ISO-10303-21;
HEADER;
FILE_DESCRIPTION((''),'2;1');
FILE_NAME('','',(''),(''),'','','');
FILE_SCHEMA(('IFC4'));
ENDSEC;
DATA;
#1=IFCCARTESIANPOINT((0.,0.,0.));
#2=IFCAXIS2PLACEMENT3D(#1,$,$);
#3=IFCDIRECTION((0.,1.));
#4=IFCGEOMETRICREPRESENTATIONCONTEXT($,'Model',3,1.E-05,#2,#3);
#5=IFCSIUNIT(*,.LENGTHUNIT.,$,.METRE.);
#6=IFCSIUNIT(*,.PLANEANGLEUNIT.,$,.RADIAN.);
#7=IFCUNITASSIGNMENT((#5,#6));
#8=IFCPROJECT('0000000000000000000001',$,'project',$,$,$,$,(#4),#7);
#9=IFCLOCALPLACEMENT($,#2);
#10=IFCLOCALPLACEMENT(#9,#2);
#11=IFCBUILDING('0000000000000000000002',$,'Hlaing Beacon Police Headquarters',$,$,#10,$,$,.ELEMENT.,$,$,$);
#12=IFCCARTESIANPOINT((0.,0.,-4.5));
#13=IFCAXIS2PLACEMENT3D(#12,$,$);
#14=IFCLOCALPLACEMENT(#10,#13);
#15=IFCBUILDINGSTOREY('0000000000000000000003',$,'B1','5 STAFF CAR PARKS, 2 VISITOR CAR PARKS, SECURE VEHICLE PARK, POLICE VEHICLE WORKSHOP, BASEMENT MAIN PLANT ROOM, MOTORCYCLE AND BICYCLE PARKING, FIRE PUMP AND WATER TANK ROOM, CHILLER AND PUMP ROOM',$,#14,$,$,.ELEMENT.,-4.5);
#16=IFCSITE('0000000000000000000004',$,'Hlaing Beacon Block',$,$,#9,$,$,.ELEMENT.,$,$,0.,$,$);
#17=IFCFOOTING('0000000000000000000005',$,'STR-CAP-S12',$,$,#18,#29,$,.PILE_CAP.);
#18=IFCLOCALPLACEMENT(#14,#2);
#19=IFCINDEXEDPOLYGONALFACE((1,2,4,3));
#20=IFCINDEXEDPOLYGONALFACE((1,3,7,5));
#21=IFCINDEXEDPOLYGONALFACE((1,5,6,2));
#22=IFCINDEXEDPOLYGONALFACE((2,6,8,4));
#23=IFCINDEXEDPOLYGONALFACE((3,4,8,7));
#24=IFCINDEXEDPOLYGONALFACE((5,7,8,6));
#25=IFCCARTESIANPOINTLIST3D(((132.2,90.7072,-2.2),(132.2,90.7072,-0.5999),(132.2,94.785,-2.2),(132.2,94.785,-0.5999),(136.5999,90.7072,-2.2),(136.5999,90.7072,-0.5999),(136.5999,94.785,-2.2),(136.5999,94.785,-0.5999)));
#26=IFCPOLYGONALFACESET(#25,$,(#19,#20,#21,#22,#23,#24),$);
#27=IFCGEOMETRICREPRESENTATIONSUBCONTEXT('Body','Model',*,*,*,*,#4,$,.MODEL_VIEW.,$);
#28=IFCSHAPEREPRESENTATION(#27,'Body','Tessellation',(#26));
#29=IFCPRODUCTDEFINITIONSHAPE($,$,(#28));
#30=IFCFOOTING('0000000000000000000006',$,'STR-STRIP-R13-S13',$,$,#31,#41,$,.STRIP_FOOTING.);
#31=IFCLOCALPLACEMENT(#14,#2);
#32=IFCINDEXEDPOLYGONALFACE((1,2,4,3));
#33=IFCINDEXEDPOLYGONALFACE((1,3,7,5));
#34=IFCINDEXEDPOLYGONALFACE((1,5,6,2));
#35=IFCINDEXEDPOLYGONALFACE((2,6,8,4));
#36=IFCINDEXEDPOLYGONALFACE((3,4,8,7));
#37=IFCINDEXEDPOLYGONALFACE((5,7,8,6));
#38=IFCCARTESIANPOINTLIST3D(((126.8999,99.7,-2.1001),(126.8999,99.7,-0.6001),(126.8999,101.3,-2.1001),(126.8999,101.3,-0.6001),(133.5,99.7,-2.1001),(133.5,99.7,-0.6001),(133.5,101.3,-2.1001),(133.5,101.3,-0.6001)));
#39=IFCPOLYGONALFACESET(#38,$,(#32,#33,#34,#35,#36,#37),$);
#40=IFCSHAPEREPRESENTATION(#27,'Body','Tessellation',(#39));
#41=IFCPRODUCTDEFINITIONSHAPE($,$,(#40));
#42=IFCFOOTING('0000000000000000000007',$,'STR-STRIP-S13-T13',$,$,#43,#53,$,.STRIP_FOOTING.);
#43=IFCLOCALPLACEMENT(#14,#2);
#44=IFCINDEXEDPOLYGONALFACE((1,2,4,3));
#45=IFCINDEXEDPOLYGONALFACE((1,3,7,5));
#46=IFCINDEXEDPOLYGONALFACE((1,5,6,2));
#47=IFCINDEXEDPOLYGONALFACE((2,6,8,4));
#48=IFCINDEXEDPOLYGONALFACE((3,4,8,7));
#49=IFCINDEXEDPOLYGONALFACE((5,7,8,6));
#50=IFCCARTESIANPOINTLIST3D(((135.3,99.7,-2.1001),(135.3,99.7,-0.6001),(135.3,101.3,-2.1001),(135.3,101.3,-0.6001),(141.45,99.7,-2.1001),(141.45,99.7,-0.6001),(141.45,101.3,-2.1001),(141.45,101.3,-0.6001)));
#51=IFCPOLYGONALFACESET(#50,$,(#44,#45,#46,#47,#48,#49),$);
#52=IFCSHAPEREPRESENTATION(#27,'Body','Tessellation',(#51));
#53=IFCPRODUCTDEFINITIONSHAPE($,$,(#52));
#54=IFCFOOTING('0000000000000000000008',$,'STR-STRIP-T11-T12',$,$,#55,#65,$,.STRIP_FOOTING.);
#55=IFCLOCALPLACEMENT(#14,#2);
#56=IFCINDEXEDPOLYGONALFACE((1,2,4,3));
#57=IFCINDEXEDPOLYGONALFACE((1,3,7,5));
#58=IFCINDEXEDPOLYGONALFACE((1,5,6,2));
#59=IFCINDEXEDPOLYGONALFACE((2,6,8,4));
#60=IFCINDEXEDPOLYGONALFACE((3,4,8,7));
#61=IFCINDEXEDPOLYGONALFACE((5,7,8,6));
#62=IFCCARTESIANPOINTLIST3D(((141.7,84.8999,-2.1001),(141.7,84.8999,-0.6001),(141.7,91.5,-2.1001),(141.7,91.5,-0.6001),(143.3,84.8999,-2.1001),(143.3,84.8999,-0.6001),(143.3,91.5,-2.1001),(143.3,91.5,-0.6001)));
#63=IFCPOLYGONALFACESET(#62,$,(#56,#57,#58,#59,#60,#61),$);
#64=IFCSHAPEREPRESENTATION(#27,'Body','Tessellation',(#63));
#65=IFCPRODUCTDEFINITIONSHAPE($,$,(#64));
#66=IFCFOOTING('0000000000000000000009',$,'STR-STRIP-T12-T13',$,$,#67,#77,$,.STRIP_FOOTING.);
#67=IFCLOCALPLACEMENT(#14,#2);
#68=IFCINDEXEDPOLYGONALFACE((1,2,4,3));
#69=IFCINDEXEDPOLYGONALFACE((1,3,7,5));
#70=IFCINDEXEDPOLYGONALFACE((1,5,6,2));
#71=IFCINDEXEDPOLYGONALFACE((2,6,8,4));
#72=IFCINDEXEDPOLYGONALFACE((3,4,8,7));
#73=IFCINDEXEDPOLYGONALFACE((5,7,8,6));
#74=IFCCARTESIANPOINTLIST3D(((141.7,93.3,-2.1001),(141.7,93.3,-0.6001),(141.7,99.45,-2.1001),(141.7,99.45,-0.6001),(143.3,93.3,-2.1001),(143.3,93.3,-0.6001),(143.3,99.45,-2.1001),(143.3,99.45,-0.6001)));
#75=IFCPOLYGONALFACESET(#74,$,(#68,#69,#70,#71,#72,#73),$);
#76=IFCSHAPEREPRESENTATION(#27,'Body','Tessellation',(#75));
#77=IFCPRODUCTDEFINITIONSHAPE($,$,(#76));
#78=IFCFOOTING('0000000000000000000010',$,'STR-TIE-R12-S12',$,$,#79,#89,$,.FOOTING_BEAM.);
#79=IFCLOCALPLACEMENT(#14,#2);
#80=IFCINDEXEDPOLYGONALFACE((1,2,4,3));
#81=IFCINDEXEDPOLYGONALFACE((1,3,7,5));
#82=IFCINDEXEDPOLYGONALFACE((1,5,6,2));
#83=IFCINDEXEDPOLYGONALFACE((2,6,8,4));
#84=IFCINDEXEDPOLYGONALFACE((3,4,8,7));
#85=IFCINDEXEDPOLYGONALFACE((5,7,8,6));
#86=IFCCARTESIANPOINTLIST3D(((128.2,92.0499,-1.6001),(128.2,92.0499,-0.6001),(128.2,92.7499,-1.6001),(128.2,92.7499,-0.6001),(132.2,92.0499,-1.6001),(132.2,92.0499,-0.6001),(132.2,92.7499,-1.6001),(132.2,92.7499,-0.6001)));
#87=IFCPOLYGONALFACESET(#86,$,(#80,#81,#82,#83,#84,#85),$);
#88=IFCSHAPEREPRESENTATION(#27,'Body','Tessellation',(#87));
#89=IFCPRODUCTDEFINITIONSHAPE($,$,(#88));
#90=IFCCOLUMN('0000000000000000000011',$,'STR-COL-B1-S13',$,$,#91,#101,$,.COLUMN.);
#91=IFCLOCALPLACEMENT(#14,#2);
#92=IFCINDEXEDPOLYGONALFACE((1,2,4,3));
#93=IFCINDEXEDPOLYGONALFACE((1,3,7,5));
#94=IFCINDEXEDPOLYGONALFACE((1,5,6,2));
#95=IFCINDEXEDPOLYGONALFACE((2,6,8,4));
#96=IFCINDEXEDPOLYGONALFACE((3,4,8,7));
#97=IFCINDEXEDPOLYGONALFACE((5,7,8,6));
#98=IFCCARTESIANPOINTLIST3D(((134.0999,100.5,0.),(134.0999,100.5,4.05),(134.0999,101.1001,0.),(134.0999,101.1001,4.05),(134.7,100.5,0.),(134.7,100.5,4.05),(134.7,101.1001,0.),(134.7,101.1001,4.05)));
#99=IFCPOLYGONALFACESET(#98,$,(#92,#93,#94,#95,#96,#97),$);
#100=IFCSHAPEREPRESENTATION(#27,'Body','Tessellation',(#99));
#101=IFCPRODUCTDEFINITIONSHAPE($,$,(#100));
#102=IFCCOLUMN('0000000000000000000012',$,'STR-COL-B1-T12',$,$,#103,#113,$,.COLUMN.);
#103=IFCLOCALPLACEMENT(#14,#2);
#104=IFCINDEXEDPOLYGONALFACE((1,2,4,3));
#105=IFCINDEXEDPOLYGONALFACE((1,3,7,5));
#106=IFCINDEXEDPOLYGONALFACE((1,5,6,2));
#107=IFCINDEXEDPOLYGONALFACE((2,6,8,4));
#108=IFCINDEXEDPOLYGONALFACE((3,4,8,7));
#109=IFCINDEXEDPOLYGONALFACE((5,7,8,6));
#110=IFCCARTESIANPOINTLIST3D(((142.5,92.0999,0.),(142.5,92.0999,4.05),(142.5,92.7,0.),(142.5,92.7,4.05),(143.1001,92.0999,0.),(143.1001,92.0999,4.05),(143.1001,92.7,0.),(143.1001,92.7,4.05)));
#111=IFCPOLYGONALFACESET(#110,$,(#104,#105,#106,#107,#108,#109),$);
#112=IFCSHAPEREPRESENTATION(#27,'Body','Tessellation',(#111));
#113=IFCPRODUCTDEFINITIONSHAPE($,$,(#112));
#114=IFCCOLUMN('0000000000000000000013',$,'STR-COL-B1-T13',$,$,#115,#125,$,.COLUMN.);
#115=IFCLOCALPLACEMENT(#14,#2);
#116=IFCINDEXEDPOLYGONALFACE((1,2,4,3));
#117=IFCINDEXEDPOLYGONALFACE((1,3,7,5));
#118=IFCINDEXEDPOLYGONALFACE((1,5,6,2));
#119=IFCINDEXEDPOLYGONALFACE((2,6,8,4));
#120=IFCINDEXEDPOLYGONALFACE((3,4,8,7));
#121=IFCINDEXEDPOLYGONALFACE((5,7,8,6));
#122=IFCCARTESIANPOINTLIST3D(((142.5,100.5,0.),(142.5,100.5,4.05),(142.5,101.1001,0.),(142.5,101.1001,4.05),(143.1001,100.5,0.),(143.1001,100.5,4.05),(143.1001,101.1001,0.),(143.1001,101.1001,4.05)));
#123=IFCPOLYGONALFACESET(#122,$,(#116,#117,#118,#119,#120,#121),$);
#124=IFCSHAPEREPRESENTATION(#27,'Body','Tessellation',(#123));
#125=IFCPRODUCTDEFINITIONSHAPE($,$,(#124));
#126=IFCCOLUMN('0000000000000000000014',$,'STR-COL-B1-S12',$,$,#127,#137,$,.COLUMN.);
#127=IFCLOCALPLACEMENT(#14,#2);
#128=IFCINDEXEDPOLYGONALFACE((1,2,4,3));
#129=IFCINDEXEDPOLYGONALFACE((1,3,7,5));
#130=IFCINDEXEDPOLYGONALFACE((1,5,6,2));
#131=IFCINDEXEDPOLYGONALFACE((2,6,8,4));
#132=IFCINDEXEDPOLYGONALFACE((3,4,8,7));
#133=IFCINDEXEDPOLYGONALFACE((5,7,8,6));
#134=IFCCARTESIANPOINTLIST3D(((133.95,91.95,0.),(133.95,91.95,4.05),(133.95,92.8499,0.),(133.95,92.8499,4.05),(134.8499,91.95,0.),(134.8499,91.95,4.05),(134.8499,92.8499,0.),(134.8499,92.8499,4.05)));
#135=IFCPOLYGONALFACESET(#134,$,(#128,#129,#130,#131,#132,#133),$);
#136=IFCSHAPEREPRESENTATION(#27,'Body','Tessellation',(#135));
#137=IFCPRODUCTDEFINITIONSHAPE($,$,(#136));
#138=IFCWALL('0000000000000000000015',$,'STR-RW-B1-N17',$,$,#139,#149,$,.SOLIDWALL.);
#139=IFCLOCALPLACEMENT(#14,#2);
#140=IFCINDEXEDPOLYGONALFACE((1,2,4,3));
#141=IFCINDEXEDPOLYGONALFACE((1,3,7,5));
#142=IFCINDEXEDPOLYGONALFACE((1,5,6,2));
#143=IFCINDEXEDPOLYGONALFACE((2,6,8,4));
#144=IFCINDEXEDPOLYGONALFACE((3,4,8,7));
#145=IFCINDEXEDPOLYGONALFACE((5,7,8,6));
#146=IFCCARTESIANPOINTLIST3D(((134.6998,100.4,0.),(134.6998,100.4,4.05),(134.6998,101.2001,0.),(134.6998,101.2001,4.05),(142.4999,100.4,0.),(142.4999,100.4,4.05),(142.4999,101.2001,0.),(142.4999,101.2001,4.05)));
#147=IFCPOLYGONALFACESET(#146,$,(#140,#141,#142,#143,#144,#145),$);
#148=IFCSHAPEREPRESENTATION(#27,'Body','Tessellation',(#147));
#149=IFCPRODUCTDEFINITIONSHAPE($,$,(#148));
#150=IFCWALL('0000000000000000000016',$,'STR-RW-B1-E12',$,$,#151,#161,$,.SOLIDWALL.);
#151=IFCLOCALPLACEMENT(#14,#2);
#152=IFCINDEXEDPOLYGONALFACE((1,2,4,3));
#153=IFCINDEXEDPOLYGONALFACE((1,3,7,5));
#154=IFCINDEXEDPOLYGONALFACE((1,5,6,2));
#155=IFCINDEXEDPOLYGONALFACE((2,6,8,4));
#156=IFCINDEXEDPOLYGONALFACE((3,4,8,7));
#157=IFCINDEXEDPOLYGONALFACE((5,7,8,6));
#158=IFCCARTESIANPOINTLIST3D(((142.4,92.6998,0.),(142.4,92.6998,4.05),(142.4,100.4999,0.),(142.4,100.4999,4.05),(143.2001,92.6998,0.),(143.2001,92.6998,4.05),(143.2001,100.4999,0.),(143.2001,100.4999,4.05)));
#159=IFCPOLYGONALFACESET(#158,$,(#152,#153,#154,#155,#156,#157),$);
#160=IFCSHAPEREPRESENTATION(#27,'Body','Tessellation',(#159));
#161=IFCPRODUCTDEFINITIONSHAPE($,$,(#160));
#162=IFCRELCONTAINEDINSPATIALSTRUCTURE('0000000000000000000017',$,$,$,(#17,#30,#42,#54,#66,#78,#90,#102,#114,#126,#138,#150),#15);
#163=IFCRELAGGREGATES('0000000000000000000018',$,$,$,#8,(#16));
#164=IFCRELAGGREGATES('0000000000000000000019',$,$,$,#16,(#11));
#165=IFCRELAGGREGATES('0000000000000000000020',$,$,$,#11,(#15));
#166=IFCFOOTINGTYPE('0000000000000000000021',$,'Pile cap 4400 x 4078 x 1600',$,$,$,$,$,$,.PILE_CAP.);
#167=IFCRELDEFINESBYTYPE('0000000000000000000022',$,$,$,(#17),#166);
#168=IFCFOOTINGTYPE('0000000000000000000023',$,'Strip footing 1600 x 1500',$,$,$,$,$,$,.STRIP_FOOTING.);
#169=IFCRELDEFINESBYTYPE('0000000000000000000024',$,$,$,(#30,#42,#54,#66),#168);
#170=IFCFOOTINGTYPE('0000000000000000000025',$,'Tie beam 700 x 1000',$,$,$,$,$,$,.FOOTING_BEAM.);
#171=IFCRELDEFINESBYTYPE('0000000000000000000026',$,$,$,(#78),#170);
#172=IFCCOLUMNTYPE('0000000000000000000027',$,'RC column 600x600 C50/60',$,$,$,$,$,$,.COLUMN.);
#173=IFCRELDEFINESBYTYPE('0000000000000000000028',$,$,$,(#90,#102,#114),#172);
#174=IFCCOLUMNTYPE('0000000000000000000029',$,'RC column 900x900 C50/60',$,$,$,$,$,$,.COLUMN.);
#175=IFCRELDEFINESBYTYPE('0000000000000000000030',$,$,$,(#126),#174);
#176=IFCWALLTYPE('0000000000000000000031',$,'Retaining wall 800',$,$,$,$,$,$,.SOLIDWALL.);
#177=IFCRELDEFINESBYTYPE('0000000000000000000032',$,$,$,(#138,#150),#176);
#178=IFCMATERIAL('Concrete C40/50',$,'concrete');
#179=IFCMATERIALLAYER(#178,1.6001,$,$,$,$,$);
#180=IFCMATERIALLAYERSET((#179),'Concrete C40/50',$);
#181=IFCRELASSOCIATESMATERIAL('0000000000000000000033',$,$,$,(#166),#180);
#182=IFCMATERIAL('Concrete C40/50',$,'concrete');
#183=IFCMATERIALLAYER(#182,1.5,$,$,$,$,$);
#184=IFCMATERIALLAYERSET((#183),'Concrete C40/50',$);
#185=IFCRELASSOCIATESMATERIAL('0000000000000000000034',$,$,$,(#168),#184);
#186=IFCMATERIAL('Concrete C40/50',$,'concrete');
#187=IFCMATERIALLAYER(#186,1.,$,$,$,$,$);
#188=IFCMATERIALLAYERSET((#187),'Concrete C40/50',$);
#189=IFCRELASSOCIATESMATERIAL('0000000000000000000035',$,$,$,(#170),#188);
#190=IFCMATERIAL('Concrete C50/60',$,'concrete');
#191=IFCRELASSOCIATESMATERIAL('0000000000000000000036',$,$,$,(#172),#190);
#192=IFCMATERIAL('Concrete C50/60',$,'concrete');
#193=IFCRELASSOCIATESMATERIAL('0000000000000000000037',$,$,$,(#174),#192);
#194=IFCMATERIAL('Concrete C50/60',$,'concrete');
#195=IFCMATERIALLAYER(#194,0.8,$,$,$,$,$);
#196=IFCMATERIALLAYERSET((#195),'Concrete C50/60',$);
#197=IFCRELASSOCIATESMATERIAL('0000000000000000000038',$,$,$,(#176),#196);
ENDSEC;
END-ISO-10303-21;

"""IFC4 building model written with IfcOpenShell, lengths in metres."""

from ifc_helpers import new_model, si_unit, direction, frame, frame_2d, origin, origin_2d, place, context, subcontext, project, spatial, rectangle, extrude, material, layer, layer_set, material_profile, profile_set, type_object, element, save


model = new_model("IFC4")

# Units and contexts
model_context = context("Model", 3, precision=1e-05, world=origin(), true_north=direction((0.0, 1.0)))
body_context = subcontext(model_context, "Body", "Model", "MODEL_VIEW")
ifc_project = project(units=[si_unit("LENGTHUNIT", "METRE"), si_unit("PLANEANGLEUNIT", "RADIAN")], contexts=[model_context])

# Site, building, storey
site_placement = place(None, origin())
site = spatial("IfcSite", under=ifc_project, at=site_placement, Name="Hlaing Beacon Block", CompositionType="ELEMENT", RefElevation=0.0)
building_placement = place(site_placement, origin())
building = spatial("IfcBuilding", under=site, at=building_placement, Name="Hlaing Beacon Police Headquarters", CompositionType="ELEMENT")
storey_placement = place(building_placement, frame((0.0, 0.0, -4.5)))
storey = spatial("IfcBuildingStorey", under=building, at=storey_placement, Name="B1", Description="5 STAFF CAR PARKS, 2 VISITOR CAR PARKS, SECURE VEHICLE PARK, POLICE VEHICLE WORKSHOP, BASEMENT MAIN PLANT ROOM, MOTORCYCLE AND BICYCLE PARKING, FIRE PUMP AND WATER TANK ROOM, CHILLER AND PUMP ROOM", CompositionType="ELEMENT", Elevation=-4.5)

# Footings
ifc_material_1 = material(Name="Concrete C40/50", Category="concrete")
ifc_layer_1 = layer(ifc_material_1, 1.6001)
ifc_layer_set_1 = layer_set([ifc_layer_1], Name="Concrete C40/50")
footing_type_1 = type_object("IfcFootingType", Name="Pile cap 4400 x 4078 x 1600", PredefinedType="PILE_CAP", material=ifc_layer_set_1)
footing_1_placement = place(storey_placement, frame((134.3999, 92.7461, -2.2), z_axis=(0.0, 0.0, 1.0), x_axis=(1.0, 0.0, 0.0)))
element("IfcFooting", 1, at=footing_1_placement, inside=storey, type_object=footing_type_1, Name="STR-CAP-S12", PredefinedType="PILE_CAP", context=body_context, shape_type="SweptSolid", body=[
    extrude(rectangle(XDim=4.3999, YDim=4.0779, at=origin_2d()), origin(), (0.0, 0.0, 1.0), 1.6001),
])
ifc_material_2 = material(Name="Concrete C40/50", Category="concrete")
ifc_layer_2 = layer(ifc_material_2, 1.5)
ifc_layer_set_2 = layer_set([ifc_layer_2], Name="Concrete C40/50")
footing_type_2 = type_object("IfcFootingType", Name="Strip footing 1600 x 1500", PredefinedType="STRIP_FOOTING", material=ifc_layer_set_2)
footing_2_placement = place(storey_placement, frame((130.2, 100.5, -2.1001), z_axis=(0.0, 0.0, 1.0), x_axis=(1.0, 0.0, 0.0)))
element("IfcFooting", 2, at=footing_2_placement, inside=storey, type_object=footing_type_2, Name="STR-STRIP-R13-S13", PredefinedType="STRIP_FOOTING", context=body_context, shape_type="SweptSolid", body=[
    extrude(rectangle(XDim=6.6001, YDim=1.6001, at=origin_2d()), origin(), (0.0, 0.0, 1.0), 1.5),
])
footing_3_placement = place(storey_placement, frame((138.375, 100.5, -2.1001), z_axis=(0.0, 0.0, 1.0), x_axis=(1.0, 0.0, 0.0)))
element("IfcFooting", 3, at=footing_3_placement, inside=storey, type_object=footing_type_2, Name="STR-STRIP-S13-T13", PredefinedType="STRIP_FOOTING", context=body_context, shape_type="SweptSolid", body=[
    extrude(rectangle(XDim=6.1499, YDim=1.6001, at=origin_2d()), origin(), (0.0, 0.0, 1.0), 1.5),
])
footing_4_placement = place(storey_placement, frame((142.5, 88.2, -2.1001), z_axis=(0.0, 0.0, 1.0), x_axis=(1.0, 0.0, 0.0)))
element("IfcFooting", 4, at=footing_4_placement, inside=storey, type_object=footing_type_2, Name="STR-STRIP-T11-T12", PredefinedType="STRIP_FOOTING", context=body_context, shape_type="SweptSolid", body=[
    extrude(rectangle(XDim=1.6001, YDim=6.6001, at=origin_2d()), origin(), (0.0, 0.0, 1.0), 1.5),
])
footing_5_placement = place(storey_placement, frame((142.5, 96.375, -2.1001), z_axis=(0.0, 0.0, 1.0), x_axis=(1.0, 0.0, 0.0)))
element("IfcFooting", 5, at=footing_5_placement, inside=storey, type_object=footing_type_2, Name="STR-STRIP-T12-T13", PredefinedType="STRIP_FOOTING", context=body_context, shape_type="SweptSolid", body=[
    extrude(rectangle(XDim=1.6001, YDim=6.1499, at=origin_2d()), origin(), (0.0, 0.0, 1.0), 1.5),
])
ifc_material_3 = material(Name="Concrete C40/50", Category="concrete")
ifc_layer_3 = layer(ifc_material_3, 1.0)
ifc_layer_set_3 = layer_set([ifc_layer_3], Name="Concrete C40/50")
footing_type_3 = type_object("IfcFootingType", Name="Tie beam 700 x 1000", PredefinedType="FOOTING_BEAM", material=ifc_layer_set_3)
footing_6_placement = place(storey_placement, frame((130.2, 92.3999, -1.6001), z_axis=(0.0, 0.0, 1.0), x_axis=(1.0, 0.0, 0.0)))
element("IfcFooting", 6, at=footing_6_placement, inside=storey, type_object=footing_type_3, Name="STR-TIE-R12-S12", PredefinedType="FOOTING_BEAM", context=body_context, shape_type="SweptSolid", body=[
    extrude(rectangle(XDim=4.0, YDim=0.7, at=origin_2d()), origin(), (0.0, 0.0, 1.0), 1.0),
])

# Columns
ifc_material_4 = material(Name="Concrete C50/60", Category="concrete")
ifc_material_profile_1 = material_profile(ifc_material_4, rectangle(XDim=0.6001, YDim=0.6001, at=origin_2d()), Name="600x600")
ifc_profile_set_1 = profile_set([ifc_material_profile_1], Name="Concrete C50/60")
column_type_1 = type_object("IfcColumnType", Name="RC column 600x600 C50/60", PredefinedType="COLUMN", material=ifc_profile_set_1)
for number, where, z_axis, x_axis, name in (
    (7, (134.3999, 100.8, 0.0), (0.0, 0.0, 1.0), (1.0, 0.0, 0.0), "STR-COL-B1-S13"),
    (8, (142.8, 92.3999, 0.0), (0.0, 0.0, 1.0), (1.0, 0.0, 0.0), "STR-COL-B1-T12"),
    (9, (142.8, 100.8, 0.0), (0.0, 0.0, 1.0), (1.0, 0.0, 0.0), "STR-COL-B1-T13"),
):
    element("IfcColumn", number, at=place(storey_placement, frame(where, z_axis=z_axis, x_axis=x_axis)), inside=storey, type_object=column_type_1, Name=name, PredefinedType="COLUMN", context=body_context, shape_type="SweptSolid", body=[
        extrude(rectangle(XDim=0.6001, YDim=0.6001, at=origin_2d()), origin(), (0.0, 0.0, 1.0), 4.05),
    ])
ifc_material_5 = material(Name="Concrete C50/60", Category="concrete")
ifc_material_profile_2 = material_profile(ifc_material_5, rectangle(XDim=0.8999, YDim=0.8999, at=origin_2d()), Name="900x900")
ifc_profile_set_2 = profile_set([ifc_material_profile_2], Name="Concrete C50/60")
column_type_2 = type_object("IfcColumnType", Name="RC column 900x900 C50/60", PredefinedType="COLUMN", material=ifc_profile_set_2)
column_placement = place(storey_placement, frame((134.3999, 92.3999, 0.0), z_axis=(0.0, 0.0, 1.0), x_axis=(1.0, 0.0, 0.0)))
element("IfcColumn", 10, at=column_placement, inside=storey, type_object=column_type_2, Name="STR-COL-B1-S12", PredefinedType="COLUMN", context=body_context, shape_type="SweptSolid", body=[
    extrude(rectangle(XDim=0.8999, YDim=0.8999, at=origin_2d()), origin(), (0.0, 0.0, 1.0), 4.05),
])

# Walls
ifc_material_6 = material(Name="Concrete C50/60", Category="concrete")
ifc_layer_4 = layer(ifc_material_6, 0.8)
ifc_layer_set_4 = layer_set([ifc_layer_4], Name="Concrete C50/60")
wall_type = type_object("IfcWallType", Name="Retaining wall 800", PredefinedType="SOLIDWALL", material=ifc_layer_set_4)
for number, where, z_axis, x_axis, name in (
    (11, (134.7, 100.8, 0.0), (0.0, 0.0, 1.0), (1.0, 0.0, 0.0), "STR-RW-B1-N17"),
    (12, (142.8, 92.7, 0.0), (0.0, 0.0, 1.0), (0.0, 1.0, 0.0), "STR-RW-B1-E12"),
):
    element("IfcWall", number, at=place(storey_placement, frame(where, z_axis=z_axis, x_axis=x_axis)), inside=storey, type_object=wall_type, Name=name, PredefinedType="SOLIDWALL", context=body_context, shape_type="SweptSolid", body=[
        extrude(rectangle(XDim=7.8, YDim=0.8, at=frame_2d((3.8999, 0.0))), origin(), (0.0, 0.0, 1.0), 4.05),
    ])

save(model, "model.ifc")
